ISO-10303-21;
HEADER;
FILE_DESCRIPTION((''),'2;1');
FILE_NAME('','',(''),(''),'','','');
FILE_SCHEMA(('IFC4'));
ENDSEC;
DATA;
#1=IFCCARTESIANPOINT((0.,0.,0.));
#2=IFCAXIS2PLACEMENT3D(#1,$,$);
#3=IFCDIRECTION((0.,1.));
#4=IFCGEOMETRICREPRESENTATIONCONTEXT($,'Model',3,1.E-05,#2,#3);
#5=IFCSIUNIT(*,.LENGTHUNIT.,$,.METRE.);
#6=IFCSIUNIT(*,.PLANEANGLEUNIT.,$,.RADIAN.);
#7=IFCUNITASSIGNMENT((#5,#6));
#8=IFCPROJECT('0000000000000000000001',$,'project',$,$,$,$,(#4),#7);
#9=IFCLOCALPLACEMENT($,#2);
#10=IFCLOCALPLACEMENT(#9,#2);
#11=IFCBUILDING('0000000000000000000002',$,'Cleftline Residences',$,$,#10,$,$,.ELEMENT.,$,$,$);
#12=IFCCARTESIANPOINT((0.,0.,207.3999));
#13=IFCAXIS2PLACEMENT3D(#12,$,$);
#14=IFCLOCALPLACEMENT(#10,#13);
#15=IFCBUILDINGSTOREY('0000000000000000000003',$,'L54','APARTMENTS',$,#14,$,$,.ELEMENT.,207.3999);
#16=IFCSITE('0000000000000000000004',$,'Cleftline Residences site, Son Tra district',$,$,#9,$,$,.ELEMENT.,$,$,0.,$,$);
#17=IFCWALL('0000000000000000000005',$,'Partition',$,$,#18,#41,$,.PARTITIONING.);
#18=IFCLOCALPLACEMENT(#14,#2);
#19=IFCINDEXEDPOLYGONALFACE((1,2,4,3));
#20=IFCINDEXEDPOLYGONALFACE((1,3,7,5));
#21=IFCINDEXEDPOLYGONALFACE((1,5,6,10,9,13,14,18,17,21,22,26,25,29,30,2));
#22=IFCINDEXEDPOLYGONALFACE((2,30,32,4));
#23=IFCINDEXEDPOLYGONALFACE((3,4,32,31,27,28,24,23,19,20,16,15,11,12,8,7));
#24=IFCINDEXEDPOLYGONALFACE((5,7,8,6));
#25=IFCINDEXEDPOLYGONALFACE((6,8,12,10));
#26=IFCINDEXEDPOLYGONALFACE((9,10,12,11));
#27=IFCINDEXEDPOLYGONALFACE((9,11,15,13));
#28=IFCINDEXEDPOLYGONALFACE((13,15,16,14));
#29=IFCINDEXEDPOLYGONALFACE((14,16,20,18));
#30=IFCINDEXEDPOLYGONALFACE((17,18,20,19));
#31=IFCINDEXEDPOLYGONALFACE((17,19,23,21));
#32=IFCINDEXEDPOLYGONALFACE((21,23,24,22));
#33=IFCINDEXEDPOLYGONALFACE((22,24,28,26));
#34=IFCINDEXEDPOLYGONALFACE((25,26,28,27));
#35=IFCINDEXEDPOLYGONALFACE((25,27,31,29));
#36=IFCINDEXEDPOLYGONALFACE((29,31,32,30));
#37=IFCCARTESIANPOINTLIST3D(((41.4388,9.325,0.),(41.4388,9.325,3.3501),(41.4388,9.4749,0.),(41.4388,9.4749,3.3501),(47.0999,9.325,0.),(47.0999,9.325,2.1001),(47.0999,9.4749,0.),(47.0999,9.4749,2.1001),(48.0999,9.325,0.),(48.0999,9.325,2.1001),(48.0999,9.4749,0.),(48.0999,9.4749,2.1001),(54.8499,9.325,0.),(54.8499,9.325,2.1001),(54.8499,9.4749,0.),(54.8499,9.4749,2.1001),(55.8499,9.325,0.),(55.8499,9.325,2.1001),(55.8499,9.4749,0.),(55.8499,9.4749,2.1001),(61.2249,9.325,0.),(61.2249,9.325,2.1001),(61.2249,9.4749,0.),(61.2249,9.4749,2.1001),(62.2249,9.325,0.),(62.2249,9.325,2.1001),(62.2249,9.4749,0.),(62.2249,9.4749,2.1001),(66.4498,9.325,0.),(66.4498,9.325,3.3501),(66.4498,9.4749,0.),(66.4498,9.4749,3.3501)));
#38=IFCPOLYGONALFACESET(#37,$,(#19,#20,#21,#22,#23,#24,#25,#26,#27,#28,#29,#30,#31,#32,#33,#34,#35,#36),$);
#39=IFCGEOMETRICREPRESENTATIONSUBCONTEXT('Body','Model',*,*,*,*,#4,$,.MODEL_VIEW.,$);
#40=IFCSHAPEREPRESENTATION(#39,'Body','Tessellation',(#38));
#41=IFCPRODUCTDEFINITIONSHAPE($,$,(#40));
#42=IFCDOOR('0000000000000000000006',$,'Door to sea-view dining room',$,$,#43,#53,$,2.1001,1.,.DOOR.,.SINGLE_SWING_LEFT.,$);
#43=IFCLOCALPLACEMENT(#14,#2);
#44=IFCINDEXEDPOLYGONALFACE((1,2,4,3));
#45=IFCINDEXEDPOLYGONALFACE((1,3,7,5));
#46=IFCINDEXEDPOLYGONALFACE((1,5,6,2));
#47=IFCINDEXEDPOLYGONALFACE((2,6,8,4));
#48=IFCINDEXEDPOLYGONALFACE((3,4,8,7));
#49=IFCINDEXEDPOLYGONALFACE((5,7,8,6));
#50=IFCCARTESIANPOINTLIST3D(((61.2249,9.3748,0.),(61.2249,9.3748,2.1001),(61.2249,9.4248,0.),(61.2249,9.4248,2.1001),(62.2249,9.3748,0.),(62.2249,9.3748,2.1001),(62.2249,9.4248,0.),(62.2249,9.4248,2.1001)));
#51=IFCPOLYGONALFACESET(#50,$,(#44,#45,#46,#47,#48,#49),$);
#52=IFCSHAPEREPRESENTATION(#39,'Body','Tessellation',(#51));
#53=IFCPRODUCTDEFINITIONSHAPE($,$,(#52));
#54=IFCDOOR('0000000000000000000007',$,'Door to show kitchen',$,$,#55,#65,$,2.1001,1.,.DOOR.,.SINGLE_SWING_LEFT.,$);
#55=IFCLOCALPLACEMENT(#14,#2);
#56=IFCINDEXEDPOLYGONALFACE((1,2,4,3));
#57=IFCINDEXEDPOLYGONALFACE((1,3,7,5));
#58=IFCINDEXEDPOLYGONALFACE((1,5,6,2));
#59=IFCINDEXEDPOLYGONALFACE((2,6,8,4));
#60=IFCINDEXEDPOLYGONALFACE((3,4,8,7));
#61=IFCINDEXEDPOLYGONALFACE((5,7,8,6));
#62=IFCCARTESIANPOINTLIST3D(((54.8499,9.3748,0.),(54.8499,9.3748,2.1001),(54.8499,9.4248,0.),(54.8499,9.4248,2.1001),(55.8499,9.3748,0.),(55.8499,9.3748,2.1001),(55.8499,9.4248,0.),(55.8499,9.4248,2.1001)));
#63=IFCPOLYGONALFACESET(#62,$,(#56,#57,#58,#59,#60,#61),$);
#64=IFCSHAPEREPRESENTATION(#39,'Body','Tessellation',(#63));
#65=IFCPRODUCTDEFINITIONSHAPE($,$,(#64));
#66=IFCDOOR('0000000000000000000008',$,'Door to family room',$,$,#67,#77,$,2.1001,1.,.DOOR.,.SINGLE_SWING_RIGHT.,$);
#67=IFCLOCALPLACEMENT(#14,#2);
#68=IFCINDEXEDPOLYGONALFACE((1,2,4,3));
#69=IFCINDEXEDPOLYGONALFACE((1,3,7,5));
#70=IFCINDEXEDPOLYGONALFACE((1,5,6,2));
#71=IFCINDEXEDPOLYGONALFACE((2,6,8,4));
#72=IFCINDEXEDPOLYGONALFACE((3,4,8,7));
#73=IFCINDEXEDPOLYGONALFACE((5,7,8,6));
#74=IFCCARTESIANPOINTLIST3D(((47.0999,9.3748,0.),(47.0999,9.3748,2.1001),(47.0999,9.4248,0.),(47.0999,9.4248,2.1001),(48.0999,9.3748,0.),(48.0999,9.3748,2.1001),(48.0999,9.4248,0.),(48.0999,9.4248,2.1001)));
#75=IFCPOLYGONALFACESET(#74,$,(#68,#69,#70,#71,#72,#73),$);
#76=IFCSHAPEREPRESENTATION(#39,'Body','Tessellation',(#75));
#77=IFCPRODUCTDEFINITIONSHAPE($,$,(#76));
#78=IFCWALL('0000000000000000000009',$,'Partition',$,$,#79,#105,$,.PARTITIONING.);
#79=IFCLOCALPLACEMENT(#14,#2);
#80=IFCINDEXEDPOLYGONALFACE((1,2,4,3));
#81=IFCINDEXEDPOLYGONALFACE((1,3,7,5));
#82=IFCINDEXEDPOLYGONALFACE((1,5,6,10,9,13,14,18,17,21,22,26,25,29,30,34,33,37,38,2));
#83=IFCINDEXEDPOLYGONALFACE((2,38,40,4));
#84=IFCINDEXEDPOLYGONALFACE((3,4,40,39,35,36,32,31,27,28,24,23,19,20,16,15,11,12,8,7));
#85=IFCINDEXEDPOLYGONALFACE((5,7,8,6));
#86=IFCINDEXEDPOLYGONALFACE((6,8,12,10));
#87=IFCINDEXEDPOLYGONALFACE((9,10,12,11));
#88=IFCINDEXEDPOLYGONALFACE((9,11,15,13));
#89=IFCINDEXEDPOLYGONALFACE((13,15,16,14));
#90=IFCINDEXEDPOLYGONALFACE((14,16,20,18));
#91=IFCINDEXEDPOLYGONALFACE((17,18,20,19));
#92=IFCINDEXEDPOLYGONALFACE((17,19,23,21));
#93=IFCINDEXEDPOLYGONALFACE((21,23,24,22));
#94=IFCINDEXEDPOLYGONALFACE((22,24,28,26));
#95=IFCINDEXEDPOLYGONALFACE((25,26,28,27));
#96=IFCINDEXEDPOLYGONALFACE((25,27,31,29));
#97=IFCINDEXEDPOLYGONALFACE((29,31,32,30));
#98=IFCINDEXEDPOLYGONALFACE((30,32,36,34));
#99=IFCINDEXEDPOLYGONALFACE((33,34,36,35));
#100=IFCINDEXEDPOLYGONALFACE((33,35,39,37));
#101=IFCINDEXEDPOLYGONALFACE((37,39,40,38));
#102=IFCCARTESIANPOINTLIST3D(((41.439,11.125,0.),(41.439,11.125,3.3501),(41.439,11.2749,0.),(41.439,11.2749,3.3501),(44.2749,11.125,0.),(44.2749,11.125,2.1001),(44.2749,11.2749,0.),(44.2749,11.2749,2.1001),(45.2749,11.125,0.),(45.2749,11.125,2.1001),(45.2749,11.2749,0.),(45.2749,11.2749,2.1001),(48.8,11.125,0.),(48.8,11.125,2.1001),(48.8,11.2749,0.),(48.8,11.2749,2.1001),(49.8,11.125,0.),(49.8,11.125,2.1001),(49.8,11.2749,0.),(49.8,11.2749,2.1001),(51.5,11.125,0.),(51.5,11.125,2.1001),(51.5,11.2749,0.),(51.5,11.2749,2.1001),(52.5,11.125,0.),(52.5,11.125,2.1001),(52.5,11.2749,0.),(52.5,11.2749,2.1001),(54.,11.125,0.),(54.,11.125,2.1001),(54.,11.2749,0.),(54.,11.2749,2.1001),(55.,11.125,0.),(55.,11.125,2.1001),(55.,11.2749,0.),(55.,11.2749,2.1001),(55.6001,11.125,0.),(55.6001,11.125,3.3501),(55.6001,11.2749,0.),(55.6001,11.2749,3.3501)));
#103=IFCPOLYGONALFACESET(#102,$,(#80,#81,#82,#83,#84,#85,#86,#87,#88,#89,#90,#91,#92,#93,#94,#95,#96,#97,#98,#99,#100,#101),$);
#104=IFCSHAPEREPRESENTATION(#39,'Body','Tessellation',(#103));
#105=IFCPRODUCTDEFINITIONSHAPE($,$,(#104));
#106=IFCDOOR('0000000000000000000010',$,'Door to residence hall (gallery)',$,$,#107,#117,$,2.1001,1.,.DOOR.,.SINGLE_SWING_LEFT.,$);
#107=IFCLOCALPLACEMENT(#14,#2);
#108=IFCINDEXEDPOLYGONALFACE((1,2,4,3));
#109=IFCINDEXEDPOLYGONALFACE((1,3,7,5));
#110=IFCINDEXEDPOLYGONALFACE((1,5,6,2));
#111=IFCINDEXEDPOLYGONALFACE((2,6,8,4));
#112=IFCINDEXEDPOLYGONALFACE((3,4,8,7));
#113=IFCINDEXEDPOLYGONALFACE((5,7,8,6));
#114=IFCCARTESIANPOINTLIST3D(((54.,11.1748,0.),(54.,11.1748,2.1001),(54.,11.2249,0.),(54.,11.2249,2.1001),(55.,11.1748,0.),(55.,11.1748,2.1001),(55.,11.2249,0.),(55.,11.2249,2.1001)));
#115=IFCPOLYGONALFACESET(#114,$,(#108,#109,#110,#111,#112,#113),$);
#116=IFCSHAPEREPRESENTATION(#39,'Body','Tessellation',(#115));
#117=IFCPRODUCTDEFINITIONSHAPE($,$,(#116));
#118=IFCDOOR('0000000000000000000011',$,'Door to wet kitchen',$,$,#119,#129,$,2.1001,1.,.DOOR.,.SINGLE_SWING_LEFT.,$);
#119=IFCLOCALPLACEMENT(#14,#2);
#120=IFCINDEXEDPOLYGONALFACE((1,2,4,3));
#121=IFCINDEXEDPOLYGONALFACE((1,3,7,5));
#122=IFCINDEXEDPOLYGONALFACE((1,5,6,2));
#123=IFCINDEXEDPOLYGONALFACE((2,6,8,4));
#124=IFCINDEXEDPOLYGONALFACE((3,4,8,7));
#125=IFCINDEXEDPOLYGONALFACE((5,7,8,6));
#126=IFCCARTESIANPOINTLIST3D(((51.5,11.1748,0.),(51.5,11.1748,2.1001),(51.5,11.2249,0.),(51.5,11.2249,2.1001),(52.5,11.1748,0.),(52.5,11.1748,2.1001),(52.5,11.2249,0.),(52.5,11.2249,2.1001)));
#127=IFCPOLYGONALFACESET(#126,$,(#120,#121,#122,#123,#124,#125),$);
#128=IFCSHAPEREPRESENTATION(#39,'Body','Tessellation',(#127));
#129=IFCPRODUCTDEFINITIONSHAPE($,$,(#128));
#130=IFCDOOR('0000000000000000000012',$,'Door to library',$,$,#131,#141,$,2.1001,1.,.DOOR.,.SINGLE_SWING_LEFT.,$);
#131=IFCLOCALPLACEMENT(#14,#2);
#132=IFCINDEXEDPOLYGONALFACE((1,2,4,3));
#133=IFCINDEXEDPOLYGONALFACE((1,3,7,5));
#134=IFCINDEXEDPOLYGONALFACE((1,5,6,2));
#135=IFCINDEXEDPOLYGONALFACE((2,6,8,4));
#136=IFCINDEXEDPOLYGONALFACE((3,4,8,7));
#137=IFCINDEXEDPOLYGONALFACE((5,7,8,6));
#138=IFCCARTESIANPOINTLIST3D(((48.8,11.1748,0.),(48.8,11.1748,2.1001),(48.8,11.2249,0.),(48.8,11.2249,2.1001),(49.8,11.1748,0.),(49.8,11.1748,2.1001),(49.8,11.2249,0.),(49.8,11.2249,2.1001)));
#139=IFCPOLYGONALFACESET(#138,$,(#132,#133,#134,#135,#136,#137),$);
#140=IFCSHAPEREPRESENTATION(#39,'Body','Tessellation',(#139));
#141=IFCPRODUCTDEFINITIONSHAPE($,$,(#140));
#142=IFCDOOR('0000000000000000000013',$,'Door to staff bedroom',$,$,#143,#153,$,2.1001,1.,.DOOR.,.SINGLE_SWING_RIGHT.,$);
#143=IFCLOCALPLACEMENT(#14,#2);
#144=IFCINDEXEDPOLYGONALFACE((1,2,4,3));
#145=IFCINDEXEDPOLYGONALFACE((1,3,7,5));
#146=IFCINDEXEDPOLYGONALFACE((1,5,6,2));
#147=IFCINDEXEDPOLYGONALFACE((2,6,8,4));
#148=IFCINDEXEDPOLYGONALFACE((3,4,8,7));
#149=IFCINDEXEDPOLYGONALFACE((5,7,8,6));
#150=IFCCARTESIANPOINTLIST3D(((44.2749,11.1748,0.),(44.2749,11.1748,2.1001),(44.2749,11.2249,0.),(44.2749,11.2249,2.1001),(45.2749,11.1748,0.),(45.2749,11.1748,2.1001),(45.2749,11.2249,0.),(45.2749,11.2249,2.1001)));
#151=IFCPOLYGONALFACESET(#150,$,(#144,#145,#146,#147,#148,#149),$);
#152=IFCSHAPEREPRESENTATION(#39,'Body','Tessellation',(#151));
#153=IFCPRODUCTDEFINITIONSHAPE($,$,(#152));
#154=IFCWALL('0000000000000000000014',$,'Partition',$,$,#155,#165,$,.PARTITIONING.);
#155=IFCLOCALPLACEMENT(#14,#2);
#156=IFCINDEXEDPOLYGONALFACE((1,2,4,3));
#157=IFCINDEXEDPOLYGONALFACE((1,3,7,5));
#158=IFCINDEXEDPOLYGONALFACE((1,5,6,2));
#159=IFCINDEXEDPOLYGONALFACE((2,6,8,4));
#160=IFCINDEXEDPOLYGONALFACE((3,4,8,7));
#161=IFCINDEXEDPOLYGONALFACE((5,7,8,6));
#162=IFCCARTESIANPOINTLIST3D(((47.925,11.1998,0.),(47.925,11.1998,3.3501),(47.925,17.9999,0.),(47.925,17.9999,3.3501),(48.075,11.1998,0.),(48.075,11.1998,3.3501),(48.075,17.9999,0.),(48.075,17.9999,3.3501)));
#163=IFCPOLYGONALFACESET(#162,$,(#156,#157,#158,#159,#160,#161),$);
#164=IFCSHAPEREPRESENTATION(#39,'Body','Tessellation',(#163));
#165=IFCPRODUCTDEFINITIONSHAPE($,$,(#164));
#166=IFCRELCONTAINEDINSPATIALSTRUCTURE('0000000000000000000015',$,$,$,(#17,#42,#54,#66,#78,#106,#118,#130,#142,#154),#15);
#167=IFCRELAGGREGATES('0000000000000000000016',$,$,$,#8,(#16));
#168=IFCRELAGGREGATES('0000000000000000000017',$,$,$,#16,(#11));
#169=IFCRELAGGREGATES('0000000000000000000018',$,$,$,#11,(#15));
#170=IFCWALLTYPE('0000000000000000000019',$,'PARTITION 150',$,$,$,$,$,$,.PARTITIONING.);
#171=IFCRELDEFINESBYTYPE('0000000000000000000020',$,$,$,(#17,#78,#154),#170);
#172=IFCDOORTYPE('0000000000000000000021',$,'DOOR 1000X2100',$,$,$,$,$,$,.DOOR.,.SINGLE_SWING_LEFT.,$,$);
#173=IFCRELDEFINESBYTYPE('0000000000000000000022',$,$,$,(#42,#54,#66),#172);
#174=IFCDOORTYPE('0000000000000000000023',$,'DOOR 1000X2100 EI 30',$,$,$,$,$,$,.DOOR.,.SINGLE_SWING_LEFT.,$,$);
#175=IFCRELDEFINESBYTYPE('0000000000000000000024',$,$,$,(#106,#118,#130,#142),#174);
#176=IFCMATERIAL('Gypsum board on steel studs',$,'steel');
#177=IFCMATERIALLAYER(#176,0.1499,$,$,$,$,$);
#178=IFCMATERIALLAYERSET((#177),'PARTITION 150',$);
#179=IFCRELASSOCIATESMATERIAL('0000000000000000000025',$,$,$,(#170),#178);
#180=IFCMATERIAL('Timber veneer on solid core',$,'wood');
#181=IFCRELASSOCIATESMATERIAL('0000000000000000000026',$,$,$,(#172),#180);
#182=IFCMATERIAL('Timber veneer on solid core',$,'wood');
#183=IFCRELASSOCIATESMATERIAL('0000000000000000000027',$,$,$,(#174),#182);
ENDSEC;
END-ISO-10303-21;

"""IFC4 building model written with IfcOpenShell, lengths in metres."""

from ifc_helpers import new_model, si_unit, direction, frame, frame_2d, origin, place, context, subcontext, project, spatial, rectangle, extrude, material, layer, layer_set, type_object, element, fill, save


model = new_model("IFC4")

# Units and contexts
model_context = context("Model", 3, precision=1e-05, world=origin(), true_north=direction((0.0, 1.0)))
body_context = subcontext(model_context, "Body", "Model", "MODEL_VIEW")
ifc_project = project(units=[si_unit("LENGTHUNIT", "METRE"), si_unit("PLANEANGLEUNIT", "RADIAN")], contexts=[model_context])

# Site, building, storey
site_placement = place(None, origin())
site = spatial("IfcSite", under=ifc_project, at=site_placement, Name="Cleftline Residences site, Son Tra district", CompositionType="ELEMENT", RefElevation=0.0)
building_placement = place(site_placement, origin())
building = spatial("IfcBuilding", under=site, at=building_placement, Name="Cleftline Residences", CompositionType="ELEMENT")
storey_placement = place(building_placement, frame((0.0, 0.0, 207.3999)))
storey = spatial("IfcBuildingStorey", under=building, at=storey_placement, Name="L54", Description="APARTMENTS", CompositionType="ELEMENT", Elevation=207.3999)

# Walls, openings, doors
ifc_material_1 = material(Name="Gypsum board on steel studs", Category="steel")
ifc_layer_1 = layer(ifc_material_1, 0.1499)
ifc_layer_set_1 = layer_set([ifc_layer_1], Name="PARTITION 150")
wall_type = type_object("IfcWallType", Name="PARTITION 150", PredefinedType="PARTITIONING", material=ifc_layer_set_1)
wall_1_placement = place(storey_placement, frame((41.439, 9.3999, 0.0), z_axis=(0.0, 0.0, 1.0), x_axis=(1.0, 0.0, 0.0)))
wall_1 = element("IfcWall", 1, at=wall_1_placement, inside=storey, type_object=wall_type, Name="Partition", PredefinedType="PARTITIONING", context=body_context, shape_type="SweptSolid", body=[
    extrude(rectangle(XDim=25.011, YDim=0.1499, at=frame_2d((12.5054, 0.0))), origin(), (0.0, 0.0, 1.0), 3.3501),
])
opening_1_placement = place(wall_1_placement, frame((19.7859, 0.0, 0.0)))
opening_1 = element("IfcOpeningElement", 2, at=opening_1_placement, cuts=wall_1, PredefinedType="OPENING", context=body_context, shape_type="SweptSolid", body=[
    extrude(rectangle(XDim=1.0, YDim=2.1001, at=frame_2d((0.5, 1.05))), frame((0.0, 0.085, 0.0), z_axis=(0.0, -1.0, 0.0), x_axis=(1.0, 0.0, 0.0)), (0.0, 0.0, 1.0), 0.1699),
])
opening_2_placement = place(wall_1_placement, frame((13.4109, 0.0, 0.0)))
opening_2 = element("IfcOpeningElement", 3, at=opening_2_placement, cuts=wall_1, PredefinedType="OPENING", context=body_context, shape_type="SweptSolid", body=[
    extrude(rectangle(XDim=1.0, YDim=2.1001, at=frame_2d((0.5, 1.05))), frame((0.0, 0.085, 0.0), z_axis=(0.0, -1.0, 0.0), x_axis=(1.0, 0.0, 0.0)), (0.0, 0.0, 1.0), 0.1699),
])
opening_3_placement = place(wall_1_placement, frame((5.6609, 0.0, 0.0)))
opening_3 = element("IfcOpeningElement", 4, at=opening_3_placement, cuts=wall_1, PredefinedType="OPENING", context=body_context, shape_type="SweptSolid", body=[
    extrude(rectangle(XDim=1.0, YDim=2.1001, at=frame_2d((0.5, 1.05))), frame((0.0, 0.085, 0.0), z_axis=(0.0, -1.0, 0.0), x_axis=(1.0, 0.0, 0.0)), (0.0, 0.0, 1.0), 0.1699),
])
ifc_material_2 = material(Name="Timber veneer on solid core", Category="wood")
door_type_1 = type_object("IfcDoorType", Name="DOOR 1000X2100", OperationType="SINGLE_SWING_LEFT", PredefinedType="DOOR", material=ifc_material_2)
door_1_placement = place(opening_1_placement, origin())
door_1 = element("IfcDoor", 5, at=door_1_placement, inside=storey, type_object=door_type_1, Name="Door to sea-view dining room", OperationType="SINGLE_SWING_LEFT", OverallHeight=2.1001, OverallWidth=1.0, PredefinedType="DOOR", context=body_context, shape_type="SweptSolid", body=[
    extrude(rectangle(XDim=1.0, YDim=2.1001, at=frame_2d((0.5, 1.05))), frame((0.0, 0.0249, 0.0), z_axis=(0.0, -1.0, 0.0), x_axis=(1.0, 0.0, 0.0)), (0.0, 0.0, 1.0), 0.05),
])
fill(opening_1, door_1)
door_2_placement = place(opening_2_placement, origin())
door_2 = element("IfcDoor", 6, at=door_2_placement, inside=storey, type_object=door_type_1, Name="Door to show kitchen", OperationType="SINGLE_SWING_LEFT", OverallHeight=2.1001, OverallWidth=1.0, PredefinedType="DOOR", context=body_context, shape_type="SweptSolid", body=[
    extrude(rectangle(XDim=1.0, YDim=2.1001, at=frame_2d((0.5, 1.05))), frame((0.0, 0.0249, 0.0), z_axis=(0.0, -1.0, 0.0), x_axis=(1.0, 0.0, 0.0)), (0.0, 0.0, 1.0), 0.05),
])
fill(opening_2, door_2)
door_3_placement = place(opening_3_placement, origin())
door_3 = element("IfcDoor", 7, at=door_3_placement, inside=storey, type_object=door_type_1, Name="Door to family room", OperationType="SINGLE_SWING_RIGHT", OverallHeight=2.1001, OverallWidth=1.0, PredefinedType="DOOR", context=body_context, shape_type="SweptSolid", body=[
    extrude(rectangle(XDim=1.0, YDim=2.1001, at=frame_2d((0.5, 1.05))), frame((0.0, 0.0249, 0.0), z_axis=(0.0, -1.0, 0.0), x_axis=(1.0, 0.0, 0.0)), (0.0, 0.0, 1.0), 0.05),
])
fill(opening_3, door_3)
wall_2_placement = place(storey_placement, frame((41.439, 11.2, 0.0), z_axis=(0.0, 0.0, 1.0), x_axis=(1.0, 0.0, 0.0)))
wall_2 = element("IfcWall", 8, at=wall_2_placement, inside=storey, type_object=wall_type, Name="Partition", PredefinedType="PARTITIONING", context=body_context, shape_type="SweptSolid", body=[
    extrude(rectangle(XDim=14.1611, YDim=0.1499, at=frame_2d((7.0806, 0.0))), origin(), (0.0, 0.0, 1.0), 3.3501),
])
opening_4_placement = place(wall_2_placement, frame((12.561, 0.0, 0.0)))
opening_4 = element("IfcOpeningElement", 9, at=opening_4_placement, cuts=wall_2, PredefinedType="OPENING", context=body_context, shape_type="SweptSolid", body=[
    extrude(rectangle(XDim=1.0, YDim=2.1001, at=frame_2d((0.5, 1.05))), frame((0.0, 0.085, 0.0), z_axis=(0.0, -1.0, 0.0), x_axis=(1.0, 0.0, 0.0)), (0.0, 0.0, 1.0), 0.1699),
])
opening_5_placement = place(wall_2_placement, frame((10.061, 0.0, 0.0)))
opening_5 = element("IfcOpeningElement", 10, at=opening_5_placement, cuts=wall_2, PredefinedType="OPENING", context=body_context, shape_type="SweptSolid", body=[
    extrude(rectangle(XDim=1.0, YDim=2.1001, at=frame_2d((0.5, 1.05))), frame((0.0, 0.085, 0.0), z_axis=(0.0, -1.0, 0.0), x_axis=(1.0, 0.0, 0.0)), (0.0, 0.0, 1.0), 0.1699),
])
opening_6_placement = place(wall_2_placement, frame((7.3611, 0.0, 0.0)))
opening_6 = element("IfcOpeningElement", 11, at=opening_6_placement, cuts=wall_2, PredefinedType="OPENING", context=body_context, shape_type="SweptSolid", body=[
    extrude(rectangle(XDim=1.0, YDim=2.1001, at=frame_2d((0.5, 1.05))), frame((0.0, 0.085, 0.0), z_axis=(0.0, -1.0, 0.0), x_axis=(1.0, 0.0, 0.0)), (0.0, 0.0, 1.0), 0.1699),
])
opening_7_placement = place(wall_2_placement, frame((2.8359, 0.0, 0.0)))
opening_7 = element("IfcOpeningElement", 12, at=opening_7_placement, cuts=wall_2, PredefinedType="OPENING", context=body_context, shape_type="SweptSolid", body=[
    extrude(rectangle(XDim=1.0, YDim=2.1001, at=frame_2d((0.5, 1.05))), frame((0.0, 0.085, 0.0), z_axis=(0.0, -1.0, 0.0), x_axis=(1.0, 0.0, 0.0)), (0.0, 0.0, 1.0), 0.1699),
])
ifc_material_3 = material(Name="Timber veneer on solid core", Category="wood")
door_type_2 = type_object("IfcDoorType", Name="DOOR 1000X2100 EI 30", OperationType="SINGLE_SWING_LEFT", PredefinedType="DOOR", material=ifc_material_3)
door_4_placement = place(opening_4_placement, origin())
door_4 = element("IfcDoor", 13, at=door_4_placement, inside=storey, type_object=door_type_2, Name="Door to residence hall (gallery)", OperationType="SINGLE_SWING_LEFT", OverallHeight=2.1001, OverallWidth=1.0, PredefinedType="DOOR", context=body_context, shape_type="SweptSolid", body=[
    extrude(rectangle(XDim=1.0, YDim=2.1001, at=frame_2d((0.5, 1.05))), frame((0.0, 0.0249, 0.0), z_axis=(0.0, -1.0, 0.0), x_axis=(1.0, 0.0, 0.0)), (0.0, 0.0, 1.0), 0.05),
])
fill(opening_4, door_4)
door_5_placement = place(opening_5_placement, origin())
door_5 = element("IfcDoor", 14, at=door_5_placement, inside=storey, type_object=door_type_2, Name="Door to wet kitchen", OperationType="SINGLE_SWING_LEFT", OverallHeight=2.1001, OverallWidth=1.0, PredefinedType="DOOR", context=body_context, shape_type="SweptSolid", body=[
    extrude(rectangle(XDim=1.0, YDim=2.1001, at=frame_2d((0.5, 1.05))), frame((0.0, 0.0249, 0.0), z_axis=(0.0, -1.0, 0.0), x_axis=(1.0, 0.0, 0.0)), (0.0, 0.0, 1.0), 0.05),
])
fill(opening_5, door_5)
door_6_placement = place(opening_6_placement, origin())
door_6 = element("IfcDoor", 15, at=door_6_placement, inside=storey, type_object=door_type_2, Name="Door to library", OperationType="SINGLE_SWING_LEFT", OverallHeight=2.1001, OverallWidth=1.0, PredefinedType="DOOR", context=body_context, shape_type="SweptSolid", body=[
    extrude(rectangle(XDim=1.0, YDim=2.1001, at=frame_2d((0.5, 1.05))), frame((0.0, 0.0249, 0.0), z_axis=(0.0, -1.0, 0.0), x_axis=(1.0, 0.0, 0.0)), (0.0, 0.0, 1.0), 0.05),
])
fill(opening_6, door_6)
door_7_placement = place(opening_7_placement, origin())
door_7 = element("IfcDoor", 16, at=door_7_placement, inside=storey, type_object=door_type_2, Name="Door to staff bedroom", OperationType="SINGLE_SWING_RIGHT", OverallHeight=2.1001, OverallWidth=1.0, PredefinedType="DOOR", context=body_context, shape_type="SweptSolid", body=[
    extrude(rectangle(XDim=1.0, YDim=2.1001, at=frame_2d((0.5, 1.05))), frame((0.0, 0.0249, 0.0), z_axis=(0.0, -1.0, 0.0), x_axis=(1.0, 0.0, 0.0)), (0.0, 0.0, 1.0), 0.05),
])
fill(opening_7, door_7)

# Wall
wall_3_placement = place(storey_placement, frame((48.0, 11.2, 0.0), z_axis=(0.0, 0.0, 1.0), x_axis=(0.0, 1.0, 0.0)))
element("IfcWall", 17, at=wall_3_placement, inside=storey, type_object=wall_type, Name="Partition", PredefinedType="PARTITIONING", context=body_context, shape_type="SweptSolid", body=[
    extrude(rectangle(XDim=6.8, YDim=0.1499, at=frame_2d((3.3999, 0.0))), origin(), (0.0, 0.0, 1.0), 3.3501),
])

save(model, "model.ifc")
